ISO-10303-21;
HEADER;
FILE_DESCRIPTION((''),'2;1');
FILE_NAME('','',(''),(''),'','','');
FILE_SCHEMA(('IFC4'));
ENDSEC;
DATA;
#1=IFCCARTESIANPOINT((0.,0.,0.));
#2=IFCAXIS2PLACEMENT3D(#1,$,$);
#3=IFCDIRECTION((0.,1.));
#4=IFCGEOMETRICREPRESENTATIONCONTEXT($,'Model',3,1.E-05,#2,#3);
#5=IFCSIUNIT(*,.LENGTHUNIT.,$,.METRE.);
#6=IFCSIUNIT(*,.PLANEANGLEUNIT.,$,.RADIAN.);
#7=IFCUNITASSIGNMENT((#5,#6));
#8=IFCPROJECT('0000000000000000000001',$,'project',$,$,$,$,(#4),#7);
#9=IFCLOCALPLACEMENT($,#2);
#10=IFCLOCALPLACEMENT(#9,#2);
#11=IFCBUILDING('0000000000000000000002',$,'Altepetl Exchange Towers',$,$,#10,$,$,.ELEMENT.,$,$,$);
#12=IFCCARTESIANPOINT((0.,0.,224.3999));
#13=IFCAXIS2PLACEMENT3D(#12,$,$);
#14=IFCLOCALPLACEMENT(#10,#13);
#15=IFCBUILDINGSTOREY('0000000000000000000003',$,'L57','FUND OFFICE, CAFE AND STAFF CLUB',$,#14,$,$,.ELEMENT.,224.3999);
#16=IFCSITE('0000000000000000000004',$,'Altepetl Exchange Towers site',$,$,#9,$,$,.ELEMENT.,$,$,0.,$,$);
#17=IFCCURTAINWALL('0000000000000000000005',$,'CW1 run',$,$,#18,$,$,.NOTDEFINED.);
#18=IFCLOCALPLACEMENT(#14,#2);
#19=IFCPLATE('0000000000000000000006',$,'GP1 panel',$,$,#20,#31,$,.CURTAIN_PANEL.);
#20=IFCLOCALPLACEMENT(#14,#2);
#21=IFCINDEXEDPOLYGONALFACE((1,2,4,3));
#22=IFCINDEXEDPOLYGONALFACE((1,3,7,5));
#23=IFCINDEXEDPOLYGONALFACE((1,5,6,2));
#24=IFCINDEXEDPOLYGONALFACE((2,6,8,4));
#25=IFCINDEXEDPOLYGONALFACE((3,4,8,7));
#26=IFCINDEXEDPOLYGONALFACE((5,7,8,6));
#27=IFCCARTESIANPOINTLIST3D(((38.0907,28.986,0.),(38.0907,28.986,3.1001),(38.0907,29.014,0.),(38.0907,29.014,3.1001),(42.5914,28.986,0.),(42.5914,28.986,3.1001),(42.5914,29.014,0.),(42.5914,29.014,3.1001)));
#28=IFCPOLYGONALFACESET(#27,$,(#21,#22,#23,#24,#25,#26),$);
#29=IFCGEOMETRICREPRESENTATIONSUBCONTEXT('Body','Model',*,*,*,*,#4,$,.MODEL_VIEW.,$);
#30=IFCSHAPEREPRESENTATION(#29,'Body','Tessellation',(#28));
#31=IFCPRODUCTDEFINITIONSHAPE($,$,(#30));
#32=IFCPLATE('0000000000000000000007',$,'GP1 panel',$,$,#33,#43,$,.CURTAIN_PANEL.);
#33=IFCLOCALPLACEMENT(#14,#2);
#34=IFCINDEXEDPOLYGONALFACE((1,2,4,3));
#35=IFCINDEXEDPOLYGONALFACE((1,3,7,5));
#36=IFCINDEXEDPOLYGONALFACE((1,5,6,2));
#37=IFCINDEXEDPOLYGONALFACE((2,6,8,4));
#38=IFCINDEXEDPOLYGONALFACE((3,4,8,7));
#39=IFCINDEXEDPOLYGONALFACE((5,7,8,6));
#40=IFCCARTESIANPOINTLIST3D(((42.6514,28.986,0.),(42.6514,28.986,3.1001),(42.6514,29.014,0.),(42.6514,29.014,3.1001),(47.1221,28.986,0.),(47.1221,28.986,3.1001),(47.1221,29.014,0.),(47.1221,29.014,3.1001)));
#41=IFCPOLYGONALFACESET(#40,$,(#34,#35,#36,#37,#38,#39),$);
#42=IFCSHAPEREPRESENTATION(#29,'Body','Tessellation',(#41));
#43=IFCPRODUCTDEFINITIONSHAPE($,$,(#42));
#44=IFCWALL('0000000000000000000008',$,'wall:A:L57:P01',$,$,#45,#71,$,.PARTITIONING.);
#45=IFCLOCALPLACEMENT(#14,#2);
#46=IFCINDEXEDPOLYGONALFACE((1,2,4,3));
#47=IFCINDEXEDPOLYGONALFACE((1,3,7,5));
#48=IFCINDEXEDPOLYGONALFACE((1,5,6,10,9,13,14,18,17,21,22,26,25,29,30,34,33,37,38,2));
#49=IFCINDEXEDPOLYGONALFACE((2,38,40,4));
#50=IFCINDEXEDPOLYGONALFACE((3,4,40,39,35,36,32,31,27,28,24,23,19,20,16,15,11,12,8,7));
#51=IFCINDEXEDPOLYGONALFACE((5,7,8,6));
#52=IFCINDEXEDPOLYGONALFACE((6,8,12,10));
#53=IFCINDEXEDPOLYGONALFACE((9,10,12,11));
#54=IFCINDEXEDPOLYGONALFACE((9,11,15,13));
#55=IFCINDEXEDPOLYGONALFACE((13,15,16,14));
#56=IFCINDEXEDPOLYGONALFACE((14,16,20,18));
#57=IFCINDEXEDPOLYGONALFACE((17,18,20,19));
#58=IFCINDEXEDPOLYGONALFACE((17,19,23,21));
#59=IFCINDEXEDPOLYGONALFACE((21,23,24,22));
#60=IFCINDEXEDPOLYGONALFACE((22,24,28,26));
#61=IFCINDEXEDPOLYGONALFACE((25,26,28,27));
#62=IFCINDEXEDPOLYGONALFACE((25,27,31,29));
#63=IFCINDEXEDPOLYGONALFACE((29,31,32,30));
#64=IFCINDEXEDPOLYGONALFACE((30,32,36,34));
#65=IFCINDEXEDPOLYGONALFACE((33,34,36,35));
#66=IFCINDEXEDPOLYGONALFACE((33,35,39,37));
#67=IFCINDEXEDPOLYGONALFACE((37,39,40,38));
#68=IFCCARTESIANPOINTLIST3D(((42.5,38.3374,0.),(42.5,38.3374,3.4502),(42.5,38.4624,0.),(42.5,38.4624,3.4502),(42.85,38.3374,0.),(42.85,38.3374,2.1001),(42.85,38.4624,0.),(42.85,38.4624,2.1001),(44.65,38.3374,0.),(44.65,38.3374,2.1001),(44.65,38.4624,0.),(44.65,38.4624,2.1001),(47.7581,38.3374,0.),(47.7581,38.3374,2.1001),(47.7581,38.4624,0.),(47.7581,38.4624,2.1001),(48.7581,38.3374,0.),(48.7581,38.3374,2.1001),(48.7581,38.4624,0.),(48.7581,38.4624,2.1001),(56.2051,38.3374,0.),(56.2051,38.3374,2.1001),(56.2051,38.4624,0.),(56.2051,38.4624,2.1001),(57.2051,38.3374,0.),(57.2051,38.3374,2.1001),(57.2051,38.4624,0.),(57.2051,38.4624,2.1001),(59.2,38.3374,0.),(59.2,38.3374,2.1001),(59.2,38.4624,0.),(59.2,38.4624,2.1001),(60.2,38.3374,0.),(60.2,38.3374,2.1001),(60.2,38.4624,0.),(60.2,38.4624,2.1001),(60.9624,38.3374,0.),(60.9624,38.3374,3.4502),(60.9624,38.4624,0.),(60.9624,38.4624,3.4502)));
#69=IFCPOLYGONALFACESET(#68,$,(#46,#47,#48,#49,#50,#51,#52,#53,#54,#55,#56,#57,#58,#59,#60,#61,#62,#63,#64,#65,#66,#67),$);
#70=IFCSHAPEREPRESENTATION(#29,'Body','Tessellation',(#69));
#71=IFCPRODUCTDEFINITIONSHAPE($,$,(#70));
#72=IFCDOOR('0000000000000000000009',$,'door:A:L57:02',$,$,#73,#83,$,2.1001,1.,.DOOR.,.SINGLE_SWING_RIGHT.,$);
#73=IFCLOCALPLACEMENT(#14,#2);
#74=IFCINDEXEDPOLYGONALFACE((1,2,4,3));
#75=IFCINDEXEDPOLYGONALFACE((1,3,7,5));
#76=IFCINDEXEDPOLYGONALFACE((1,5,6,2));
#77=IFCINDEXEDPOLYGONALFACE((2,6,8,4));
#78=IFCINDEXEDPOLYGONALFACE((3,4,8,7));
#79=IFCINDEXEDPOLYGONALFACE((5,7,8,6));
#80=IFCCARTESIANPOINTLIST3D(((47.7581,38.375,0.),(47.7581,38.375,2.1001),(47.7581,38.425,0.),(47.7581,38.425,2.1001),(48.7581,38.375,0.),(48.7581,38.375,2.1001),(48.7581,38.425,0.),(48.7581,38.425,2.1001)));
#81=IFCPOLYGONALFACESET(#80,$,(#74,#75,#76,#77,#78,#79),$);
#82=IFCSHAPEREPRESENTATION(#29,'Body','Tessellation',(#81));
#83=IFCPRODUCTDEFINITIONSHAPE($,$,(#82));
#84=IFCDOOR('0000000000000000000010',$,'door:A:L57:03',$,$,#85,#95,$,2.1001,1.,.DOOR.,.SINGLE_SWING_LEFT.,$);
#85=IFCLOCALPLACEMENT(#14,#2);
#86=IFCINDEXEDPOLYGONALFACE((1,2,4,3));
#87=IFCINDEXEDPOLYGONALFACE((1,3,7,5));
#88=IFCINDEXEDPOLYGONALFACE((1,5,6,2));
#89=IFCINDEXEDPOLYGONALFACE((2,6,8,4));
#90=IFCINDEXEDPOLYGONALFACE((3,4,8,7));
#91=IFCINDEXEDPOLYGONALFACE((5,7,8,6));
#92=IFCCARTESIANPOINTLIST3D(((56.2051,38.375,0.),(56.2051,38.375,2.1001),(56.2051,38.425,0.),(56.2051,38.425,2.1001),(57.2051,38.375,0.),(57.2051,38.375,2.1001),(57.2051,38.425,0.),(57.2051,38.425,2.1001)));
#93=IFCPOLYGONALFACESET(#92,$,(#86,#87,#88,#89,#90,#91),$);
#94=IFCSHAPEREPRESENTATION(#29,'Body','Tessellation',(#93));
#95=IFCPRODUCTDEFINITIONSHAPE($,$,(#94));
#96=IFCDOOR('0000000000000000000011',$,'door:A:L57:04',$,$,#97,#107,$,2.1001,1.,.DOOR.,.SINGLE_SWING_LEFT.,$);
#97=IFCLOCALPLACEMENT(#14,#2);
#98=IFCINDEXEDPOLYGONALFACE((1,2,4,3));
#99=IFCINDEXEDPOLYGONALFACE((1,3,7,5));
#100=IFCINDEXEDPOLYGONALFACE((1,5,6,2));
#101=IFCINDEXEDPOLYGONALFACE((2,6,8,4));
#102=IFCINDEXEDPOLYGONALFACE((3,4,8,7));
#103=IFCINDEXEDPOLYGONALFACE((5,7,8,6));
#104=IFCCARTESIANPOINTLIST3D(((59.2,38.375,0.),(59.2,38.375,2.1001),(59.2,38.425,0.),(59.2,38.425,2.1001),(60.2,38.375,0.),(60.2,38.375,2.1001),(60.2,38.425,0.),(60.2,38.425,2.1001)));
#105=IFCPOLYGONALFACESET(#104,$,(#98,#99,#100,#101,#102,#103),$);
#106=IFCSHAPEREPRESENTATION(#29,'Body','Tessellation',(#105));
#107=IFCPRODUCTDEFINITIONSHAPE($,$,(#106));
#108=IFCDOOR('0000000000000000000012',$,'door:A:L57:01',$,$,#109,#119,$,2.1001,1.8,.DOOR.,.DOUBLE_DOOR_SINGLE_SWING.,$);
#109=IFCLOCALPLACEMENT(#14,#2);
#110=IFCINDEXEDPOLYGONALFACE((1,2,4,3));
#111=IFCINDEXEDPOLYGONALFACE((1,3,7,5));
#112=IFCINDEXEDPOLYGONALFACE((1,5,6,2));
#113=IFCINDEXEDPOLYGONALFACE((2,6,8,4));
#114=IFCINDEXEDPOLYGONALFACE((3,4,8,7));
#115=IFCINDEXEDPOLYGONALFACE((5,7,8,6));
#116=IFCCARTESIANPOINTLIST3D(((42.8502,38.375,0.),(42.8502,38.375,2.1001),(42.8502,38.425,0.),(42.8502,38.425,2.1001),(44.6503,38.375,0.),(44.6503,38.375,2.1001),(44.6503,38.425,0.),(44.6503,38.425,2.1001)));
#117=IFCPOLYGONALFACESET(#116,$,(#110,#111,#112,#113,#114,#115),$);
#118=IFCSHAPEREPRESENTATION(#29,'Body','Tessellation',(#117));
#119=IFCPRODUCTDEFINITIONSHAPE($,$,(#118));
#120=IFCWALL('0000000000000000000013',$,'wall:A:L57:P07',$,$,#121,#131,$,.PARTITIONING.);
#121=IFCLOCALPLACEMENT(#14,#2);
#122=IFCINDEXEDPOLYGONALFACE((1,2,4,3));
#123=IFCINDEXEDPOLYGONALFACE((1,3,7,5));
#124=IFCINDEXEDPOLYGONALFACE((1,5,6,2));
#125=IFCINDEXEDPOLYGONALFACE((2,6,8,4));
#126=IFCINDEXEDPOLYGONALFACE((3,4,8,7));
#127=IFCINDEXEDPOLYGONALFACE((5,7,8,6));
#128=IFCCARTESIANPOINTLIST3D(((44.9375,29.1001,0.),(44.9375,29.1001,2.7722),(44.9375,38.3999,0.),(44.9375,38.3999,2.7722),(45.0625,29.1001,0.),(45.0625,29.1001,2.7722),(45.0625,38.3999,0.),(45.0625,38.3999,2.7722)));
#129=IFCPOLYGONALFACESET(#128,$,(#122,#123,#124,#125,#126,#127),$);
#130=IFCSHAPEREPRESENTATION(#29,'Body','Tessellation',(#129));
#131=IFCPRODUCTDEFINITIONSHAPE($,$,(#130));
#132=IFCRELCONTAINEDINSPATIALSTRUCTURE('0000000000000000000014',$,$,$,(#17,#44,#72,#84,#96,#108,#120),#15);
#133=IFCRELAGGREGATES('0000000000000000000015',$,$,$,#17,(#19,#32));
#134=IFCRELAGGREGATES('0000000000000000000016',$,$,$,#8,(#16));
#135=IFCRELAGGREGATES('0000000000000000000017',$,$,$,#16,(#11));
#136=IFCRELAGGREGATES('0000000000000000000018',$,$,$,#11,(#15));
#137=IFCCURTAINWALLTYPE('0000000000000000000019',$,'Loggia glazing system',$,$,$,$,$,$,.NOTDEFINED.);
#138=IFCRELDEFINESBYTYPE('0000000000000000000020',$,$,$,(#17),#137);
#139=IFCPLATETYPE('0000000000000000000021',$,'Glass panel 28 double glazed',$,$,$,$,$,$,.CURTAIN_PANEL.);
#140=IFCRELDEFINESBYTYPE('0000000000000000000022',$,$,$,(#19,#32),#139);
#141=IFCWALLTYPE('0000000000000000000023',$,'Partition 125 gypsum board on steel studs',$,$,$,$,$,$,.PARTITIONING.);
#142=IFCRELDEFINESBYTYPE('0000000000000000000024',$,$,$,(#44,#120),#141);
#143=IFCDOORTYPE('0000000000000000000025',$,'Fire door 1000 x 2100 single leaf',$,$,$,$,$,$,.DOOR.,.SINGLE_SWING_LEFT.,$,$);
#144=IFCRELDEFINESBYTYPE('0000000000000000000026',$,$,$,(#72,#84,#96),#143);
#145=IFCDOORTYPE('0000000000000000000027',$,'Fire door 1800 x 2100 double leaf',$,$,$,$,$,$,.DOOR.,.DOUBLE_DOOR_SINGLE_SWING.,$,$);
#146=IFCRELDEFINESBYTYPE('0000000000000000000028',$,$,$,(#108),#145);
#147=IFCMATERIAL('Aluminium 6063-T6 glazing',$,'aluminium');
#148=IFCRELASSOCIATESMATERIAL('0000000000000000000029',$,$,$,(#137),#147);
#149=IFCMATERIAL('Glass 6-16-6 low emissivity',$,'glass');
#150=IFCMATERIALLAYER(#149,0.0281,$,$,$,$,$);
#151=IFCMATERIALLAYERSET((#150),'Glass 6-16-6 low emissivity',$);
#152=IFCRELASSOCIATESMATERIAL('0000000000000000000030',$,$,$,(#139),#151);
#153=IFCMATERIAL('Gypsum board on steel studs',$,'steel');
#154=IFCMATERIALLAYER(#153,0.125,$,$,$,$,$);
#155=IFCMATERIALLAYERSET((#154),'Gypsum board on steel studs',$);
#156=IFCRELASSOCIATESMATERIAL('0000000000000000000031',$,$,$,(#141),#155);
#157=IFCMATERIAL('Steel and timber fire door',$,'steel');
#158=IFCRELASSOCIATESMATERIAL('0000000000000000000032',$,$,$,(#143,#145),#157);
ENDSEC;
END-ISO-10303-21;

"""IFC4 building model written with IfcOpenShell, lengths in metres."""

from ifc_helpers import new_model, si_unit, direction, frame, frame_2d, origin, origin_2d, place, context, subcontext, project, spatial, rectangle, extrude, material, layer, layer_set, type_object, element, fill, aggregate, save


model = new_model("IFC4")

# Units and contexts
model_context = context("Model", 3, precision=1e-05, world=origin(), true_north=direction((0.0, 1.0)))
body_context = subcontext(model_context, "Body", "Model", "MODEL_VIEW")
ifc_project = project(units=[si_unit("LENGTHUNIT", "METRE"), si_unit("PLANEANGLEUNIT", "RADIAN")], contexts=[model_context])

# Site, building, storey
site_placement = place(None, origin())
site = spatial("IfcSite", under=ifc_project, at=site_placement, Name="Altepetl Exchange Towers site", CompositionType="ELEMENT", RefElevation=0.0)
building_placement = place(site_placement, origin())
building = spatial("IfcBuilding", under=site, at=building_placement, Name="Altepetl Exchange Towers", CompositionType="ELEMENT")
storey_placement = place(building_placement, frame((0.0, 0.0, 224.3999)))
storey = spatial("IfcBuildingStorey", under=building, at=storey_placement, Name="L57", Description="FUND OFFICE, CAFE AND STAFF CLUB", CompositionType="ELEMENT", Elevation=224.3999)

# Curtain wall
ifc_material_1 = material(Name="Aluminium 6063-T6 glazing", Category="aluminium")
curtain_wall_type = type_object("IfcCurtainWallType", Name="Loggia glazing system", PredefinedType="NOTDEFINED", material=ifc_material_1)
curtain_wall_1_placement = place(storey_placement, origin())
curtain_wall_1 = element("IfcCurtainWall", 1, at=curtain_wall_1_placement, inside=storey, type_object=curtain_wall_type, Name="CW1 run", PredefinedType="NOTDEFINED")

# Plates
ifc_material_2 = material(Name="Glass 6-16-6 low emissivity", Category="glass")
ifc_layer_1 = layer(ifc_material_2, 0.0281)
ifc_layer_set_1 = layer_set([ifc_layer_1], Name="Glass 6-16-6 low emissivity")
plate_type = type_object("IfcPlateType", Name="Glass panel 28 double glazed", PredefinedType="CURTAIN_PANEL", material=ifc_layer_set_1)
plate_1_placement = place(storey_placement, frame((40.3411, 29.0, 0.0)))
plate_1 = element("IfcPlate", 2, at=plate_1_placement, type_object=plate_type, Name="GP1 panel", PredefinedType="CURTAIN_PANEL", context=body_context, shape_type="SweptSolid", body=[
    extrude(rectangle(XDim=4.5007, YDim=0.0281, at=origin_2d()), origin(), (0.0, 0.0, 1.0), 3.1001),
])
plate_2_placement = place(storey_placement, frame((44.8867, 29.0, 0.0)))
plate_2 = element("IfcPlate", 3, at=plate_2_placement, type_object=plate_type, Name="GP1 panel", PredefinedType="CURTAIN_PANEL", context=body_context, shape_type="SweptSolid", body=[
    extrude(rectangle(XDim=4.4707, YDim=0.0281, at=origin_2d()), origin(), (0.0, 0.0, 1.0), 3.1001),
])
aggregate(curtain_wall_1, [plate_1, plate_2])

# Wall, openings, doors
ifc_material_3 = material(Name="Gypsum board on steel studs", Category="steel")
ifc_layer_2 = layer(ifc_material_3, 0.125)
ifc_layer_set_2 = layer_set([ifc_layer_2], Name="Gypsum board on steel studs")
wall_type_1 = type_object("IfcWallType", Name="Partition 125 gypsum board on steel studs", PredefinedType="PARTITIONING", material=ifc_layer_set_2)
wall_1_placement = place(storey_placement, frame((42.5, 38.3999, 0.0)))
wall_1 = element("IfcWall", 4, at=wall_1_placement, inside=storey, type_object=wall_type_1, Name="wall:A:L57:P01", PredefinedType="PARTITIONING", context=body_context, shape_type="SweptSolid", body=[
    extrude(rectangle(XDim=18.4624, YDim=0.125, at=frame_2d((9.2312, 0.0))), origin(), (0.0, 0.0, 1.0), 3.4502),
])
opening_1_placement = place(wall_1_placement, frame((0.3501, 0.0, 0.0)))
opening_1 = element("IfcOpeningElement", 5, at=opening_1_placement, cuts=wall_1, PredefinedType="OPENING", context=body_context, shape_type="SweptSolid", body=[
    extrude(rectangle(XDim=1.8, YDim=2.1001, at=frame_2d((0.8999, 1.05))), frame((0.0, 0.0725, 0.0), z_axis=(0.0, -1.0, 0.0), x_axis=(1.0, 0.0, 0.0)), (0.0, 0.0, 1.0), 0.145),
])
opening_2_placement = place(wall_1_placement, frame((5.2581, 0.0, 0.0)))
opening_2 = element("IfcOpeningElement", 6, at=opening_2_placement, cuts=wall_1, PredefinedType="OPENING", context=body_context, shape_type="SweptSolid", body=[
    extrude(rectangle(XDim=1.0, YDim=2.1001, at=frame_2d((0.5, 1.05))), frame((0.0, 0.0725, 0.0), z_axis=(0.0, -1.0, 0.0), x_axis=(1.0, 0.0, 0.0)), (0.0, 0.0, 1.0), 0.145),
])
opening_3_placement = place(wall_1_placement, frame((13.7051, 0.0, 0.0)))
opening_3 = element("IfcOpeningElement", 7, at=opening_3_placement, cuts=wall_1, PredefinedType="OPENING", context=body_context, shape_type="SweptSolid", body=[
    extrude(rectangle(XDim=1.0, YDim=2.1001, at=frame_2d((0.5, 1.05))), frame((0.0, 0.0725, 0.0), z_axis=(0.0, -1.0, 0.0), x_axis=(1.0, 0.0, 0.0)), (0.0, 0.0, 1.0), 0.145),
])
opening_4_placement = place(wall_1_placement, frame((16.7, 0.0, 0.0)))
opening_4 = element("IfcOpeningElement", 8, at=opening_4_placement, cuts=wall_1, PredefinedType="OPENING", context=body_context, shape_type="SweptSolid", body=[
    extrude(rectangle(XDim=1.0, YDim=2.1001, at=frame_2d((0.5, 1.05))), frame((0.0, 0.0725, 0.0), z_axis=(0.0, -1.0, 0.0), x_axis=(1.0, 0.0, 0.0)), (0.0, 0.0, 1.0), 0.145),
])
ifc_material_4 = material(Name="Steel and timber fire door", Category="steel")
door_type_1 = type_object("IfcDoorType", Name="Fire door 1000 x 2100 single leaf", OperationType="SINGLE_SWING_LEFT", PredefinedType="DOOR", material=ifc_material_4)
door_1_placement = place(opening_2_placement, frame((1.0, 0.0, 0.0), x_axis=(-1.0, 0.0, 0.0)))
door_1 = element("IfcDoor", 9, at=door_1_placement, inside=storey, type_object=door_type_1, Name="door:A:L57:02", OperationType="SINGLE_SWING_RIGHT", OverallHeight=2.1001, OverallWidth=1.0, PredefinedType="DOOR", context=body_context, shape_type="SweptSolid", body=[
    extrude(rectangle(XDim=1.0, YDim=2.1001, at=frame_2d((0.5, 1.05))), frame((0.0, 0.0249, 0.0), z_axis=(0.0, -1.0, 0.0), x_axis=(1.0, 0.0, 0.0)), (0.0, 0.0, 1.0), 0.05),
])
fill(opening_2, door_1)
door_2_placement = place(opening_3_placement, frame((1.0, 0.0, 0.0), x_axis=(-1.0, 0.0, 0.0)))
door_2 = element("IfcDoor", 10, at=door_2_placement, inside=storey, type_object=door_type_1, Name="door:A:L57:03", OperationType="SINGLE_SWING_LEFT", OverallHeight=2.1001, OverallWidth=1.0, PredefinedType="DOOR", context=body_context, shape_type="SweptSolid", body=[
    extrude(rectangle(XDim=1.0, YDim=2.1001, at=frame_2d((0.5, 1.05))), frame((0.0, 0.0249, 0.0), z_axis=(0.0, -1.0, 0.0), x_axis=(1.0, 0.0, 0.0)), (0.0, 0.0, 1.0), 0.05),
])
fill(opening_3, door_2)
door_3_placement = place(opening_4_placement, frame((1.0, 0.0, 0.0), x_axis=(-1.0, 0.0, 0.0)))
door_3 = element("IfcDoor", 11, at=door_3_placement, inside=storey, type_object=door_type_1, Name="door:A:L57:04", OperationType="SINGLE_SWING_LEFT", OverallHeight=2.1001, OverallWidth=1.0, PredefinedType="DOOR", context=body_context, shape_type="SweptSolid", body=[
    extrude(rectangle(XDim=1.0, YDim=2.1001, at=frame_2d((0.5, 1.05))), frame((0.0, 0.0249, 0.0), z_axis=(0.0, -1.0, 0.0), x_axis=(1.0, 0.0, 0.0)), (0.0, 0.0, 1.0), 0.05),
])
fill(opening_4, door_3)
door_type_2 = type_object("IfcDoorType", Name="Fire door 1800 x 2100 double leaf", OperationType="DOUBLE_DOOR_SINGLE_SWING", PredefinedType="DOOR", material=ifc_material_4)
door_4_placement = place(opening_1_placement, frame((1.8, 0.0, 0.0), x_axis=(-1.0, 0.0, 0.0)))
door_4 = element("IfcDoor", 12, at=door_4_placement, inside=storey, type_object=door_type_2, Name="door:A:L57:01", OperationType="DOUBLE_DOOR_SINGLE_SWING", OverallHeight=2.1001, OverallWidth=1.8, PredefinedType="DOOR", context=body_context, shape_type="SweptSolid", body=[
    extrude(rectangle(XDim=1.8, YDim=2.1001, at=frame_2d((0.8999, 1.05))), frame((0.0, 0.0249, 0.0), z_axis=(0.0, -1.0, 0.0), x_axis=(1.0, 0.0, 0.0)), (0.0, 0.0, 1.0), 0.05),
])
fill(opening_1, door_4)

# Wall
wall_2_placement = place(storey_placement, frame((45.0, 29.1001, 0.0), z_axis=(0.0, 0.0, 1.0), x_axis=(0.0, 1.0, 0.0)))
element("IfcWall", 13, at=wall_2_placement, inside=storey, type_object=wall_type_1, Name="wall:A:L57:P07", PredefinedType="PARTITIONING", context=body_context, shape_type="SweptSolid", body=[
    extrude(rectangle(XDim=9.2998, YDim=0.125, at=frame_2d((4.6499, 0.0))), origin(), (0.0, 0.0, 1.0), 2.7722),
])

save(model, "model.ifc")
